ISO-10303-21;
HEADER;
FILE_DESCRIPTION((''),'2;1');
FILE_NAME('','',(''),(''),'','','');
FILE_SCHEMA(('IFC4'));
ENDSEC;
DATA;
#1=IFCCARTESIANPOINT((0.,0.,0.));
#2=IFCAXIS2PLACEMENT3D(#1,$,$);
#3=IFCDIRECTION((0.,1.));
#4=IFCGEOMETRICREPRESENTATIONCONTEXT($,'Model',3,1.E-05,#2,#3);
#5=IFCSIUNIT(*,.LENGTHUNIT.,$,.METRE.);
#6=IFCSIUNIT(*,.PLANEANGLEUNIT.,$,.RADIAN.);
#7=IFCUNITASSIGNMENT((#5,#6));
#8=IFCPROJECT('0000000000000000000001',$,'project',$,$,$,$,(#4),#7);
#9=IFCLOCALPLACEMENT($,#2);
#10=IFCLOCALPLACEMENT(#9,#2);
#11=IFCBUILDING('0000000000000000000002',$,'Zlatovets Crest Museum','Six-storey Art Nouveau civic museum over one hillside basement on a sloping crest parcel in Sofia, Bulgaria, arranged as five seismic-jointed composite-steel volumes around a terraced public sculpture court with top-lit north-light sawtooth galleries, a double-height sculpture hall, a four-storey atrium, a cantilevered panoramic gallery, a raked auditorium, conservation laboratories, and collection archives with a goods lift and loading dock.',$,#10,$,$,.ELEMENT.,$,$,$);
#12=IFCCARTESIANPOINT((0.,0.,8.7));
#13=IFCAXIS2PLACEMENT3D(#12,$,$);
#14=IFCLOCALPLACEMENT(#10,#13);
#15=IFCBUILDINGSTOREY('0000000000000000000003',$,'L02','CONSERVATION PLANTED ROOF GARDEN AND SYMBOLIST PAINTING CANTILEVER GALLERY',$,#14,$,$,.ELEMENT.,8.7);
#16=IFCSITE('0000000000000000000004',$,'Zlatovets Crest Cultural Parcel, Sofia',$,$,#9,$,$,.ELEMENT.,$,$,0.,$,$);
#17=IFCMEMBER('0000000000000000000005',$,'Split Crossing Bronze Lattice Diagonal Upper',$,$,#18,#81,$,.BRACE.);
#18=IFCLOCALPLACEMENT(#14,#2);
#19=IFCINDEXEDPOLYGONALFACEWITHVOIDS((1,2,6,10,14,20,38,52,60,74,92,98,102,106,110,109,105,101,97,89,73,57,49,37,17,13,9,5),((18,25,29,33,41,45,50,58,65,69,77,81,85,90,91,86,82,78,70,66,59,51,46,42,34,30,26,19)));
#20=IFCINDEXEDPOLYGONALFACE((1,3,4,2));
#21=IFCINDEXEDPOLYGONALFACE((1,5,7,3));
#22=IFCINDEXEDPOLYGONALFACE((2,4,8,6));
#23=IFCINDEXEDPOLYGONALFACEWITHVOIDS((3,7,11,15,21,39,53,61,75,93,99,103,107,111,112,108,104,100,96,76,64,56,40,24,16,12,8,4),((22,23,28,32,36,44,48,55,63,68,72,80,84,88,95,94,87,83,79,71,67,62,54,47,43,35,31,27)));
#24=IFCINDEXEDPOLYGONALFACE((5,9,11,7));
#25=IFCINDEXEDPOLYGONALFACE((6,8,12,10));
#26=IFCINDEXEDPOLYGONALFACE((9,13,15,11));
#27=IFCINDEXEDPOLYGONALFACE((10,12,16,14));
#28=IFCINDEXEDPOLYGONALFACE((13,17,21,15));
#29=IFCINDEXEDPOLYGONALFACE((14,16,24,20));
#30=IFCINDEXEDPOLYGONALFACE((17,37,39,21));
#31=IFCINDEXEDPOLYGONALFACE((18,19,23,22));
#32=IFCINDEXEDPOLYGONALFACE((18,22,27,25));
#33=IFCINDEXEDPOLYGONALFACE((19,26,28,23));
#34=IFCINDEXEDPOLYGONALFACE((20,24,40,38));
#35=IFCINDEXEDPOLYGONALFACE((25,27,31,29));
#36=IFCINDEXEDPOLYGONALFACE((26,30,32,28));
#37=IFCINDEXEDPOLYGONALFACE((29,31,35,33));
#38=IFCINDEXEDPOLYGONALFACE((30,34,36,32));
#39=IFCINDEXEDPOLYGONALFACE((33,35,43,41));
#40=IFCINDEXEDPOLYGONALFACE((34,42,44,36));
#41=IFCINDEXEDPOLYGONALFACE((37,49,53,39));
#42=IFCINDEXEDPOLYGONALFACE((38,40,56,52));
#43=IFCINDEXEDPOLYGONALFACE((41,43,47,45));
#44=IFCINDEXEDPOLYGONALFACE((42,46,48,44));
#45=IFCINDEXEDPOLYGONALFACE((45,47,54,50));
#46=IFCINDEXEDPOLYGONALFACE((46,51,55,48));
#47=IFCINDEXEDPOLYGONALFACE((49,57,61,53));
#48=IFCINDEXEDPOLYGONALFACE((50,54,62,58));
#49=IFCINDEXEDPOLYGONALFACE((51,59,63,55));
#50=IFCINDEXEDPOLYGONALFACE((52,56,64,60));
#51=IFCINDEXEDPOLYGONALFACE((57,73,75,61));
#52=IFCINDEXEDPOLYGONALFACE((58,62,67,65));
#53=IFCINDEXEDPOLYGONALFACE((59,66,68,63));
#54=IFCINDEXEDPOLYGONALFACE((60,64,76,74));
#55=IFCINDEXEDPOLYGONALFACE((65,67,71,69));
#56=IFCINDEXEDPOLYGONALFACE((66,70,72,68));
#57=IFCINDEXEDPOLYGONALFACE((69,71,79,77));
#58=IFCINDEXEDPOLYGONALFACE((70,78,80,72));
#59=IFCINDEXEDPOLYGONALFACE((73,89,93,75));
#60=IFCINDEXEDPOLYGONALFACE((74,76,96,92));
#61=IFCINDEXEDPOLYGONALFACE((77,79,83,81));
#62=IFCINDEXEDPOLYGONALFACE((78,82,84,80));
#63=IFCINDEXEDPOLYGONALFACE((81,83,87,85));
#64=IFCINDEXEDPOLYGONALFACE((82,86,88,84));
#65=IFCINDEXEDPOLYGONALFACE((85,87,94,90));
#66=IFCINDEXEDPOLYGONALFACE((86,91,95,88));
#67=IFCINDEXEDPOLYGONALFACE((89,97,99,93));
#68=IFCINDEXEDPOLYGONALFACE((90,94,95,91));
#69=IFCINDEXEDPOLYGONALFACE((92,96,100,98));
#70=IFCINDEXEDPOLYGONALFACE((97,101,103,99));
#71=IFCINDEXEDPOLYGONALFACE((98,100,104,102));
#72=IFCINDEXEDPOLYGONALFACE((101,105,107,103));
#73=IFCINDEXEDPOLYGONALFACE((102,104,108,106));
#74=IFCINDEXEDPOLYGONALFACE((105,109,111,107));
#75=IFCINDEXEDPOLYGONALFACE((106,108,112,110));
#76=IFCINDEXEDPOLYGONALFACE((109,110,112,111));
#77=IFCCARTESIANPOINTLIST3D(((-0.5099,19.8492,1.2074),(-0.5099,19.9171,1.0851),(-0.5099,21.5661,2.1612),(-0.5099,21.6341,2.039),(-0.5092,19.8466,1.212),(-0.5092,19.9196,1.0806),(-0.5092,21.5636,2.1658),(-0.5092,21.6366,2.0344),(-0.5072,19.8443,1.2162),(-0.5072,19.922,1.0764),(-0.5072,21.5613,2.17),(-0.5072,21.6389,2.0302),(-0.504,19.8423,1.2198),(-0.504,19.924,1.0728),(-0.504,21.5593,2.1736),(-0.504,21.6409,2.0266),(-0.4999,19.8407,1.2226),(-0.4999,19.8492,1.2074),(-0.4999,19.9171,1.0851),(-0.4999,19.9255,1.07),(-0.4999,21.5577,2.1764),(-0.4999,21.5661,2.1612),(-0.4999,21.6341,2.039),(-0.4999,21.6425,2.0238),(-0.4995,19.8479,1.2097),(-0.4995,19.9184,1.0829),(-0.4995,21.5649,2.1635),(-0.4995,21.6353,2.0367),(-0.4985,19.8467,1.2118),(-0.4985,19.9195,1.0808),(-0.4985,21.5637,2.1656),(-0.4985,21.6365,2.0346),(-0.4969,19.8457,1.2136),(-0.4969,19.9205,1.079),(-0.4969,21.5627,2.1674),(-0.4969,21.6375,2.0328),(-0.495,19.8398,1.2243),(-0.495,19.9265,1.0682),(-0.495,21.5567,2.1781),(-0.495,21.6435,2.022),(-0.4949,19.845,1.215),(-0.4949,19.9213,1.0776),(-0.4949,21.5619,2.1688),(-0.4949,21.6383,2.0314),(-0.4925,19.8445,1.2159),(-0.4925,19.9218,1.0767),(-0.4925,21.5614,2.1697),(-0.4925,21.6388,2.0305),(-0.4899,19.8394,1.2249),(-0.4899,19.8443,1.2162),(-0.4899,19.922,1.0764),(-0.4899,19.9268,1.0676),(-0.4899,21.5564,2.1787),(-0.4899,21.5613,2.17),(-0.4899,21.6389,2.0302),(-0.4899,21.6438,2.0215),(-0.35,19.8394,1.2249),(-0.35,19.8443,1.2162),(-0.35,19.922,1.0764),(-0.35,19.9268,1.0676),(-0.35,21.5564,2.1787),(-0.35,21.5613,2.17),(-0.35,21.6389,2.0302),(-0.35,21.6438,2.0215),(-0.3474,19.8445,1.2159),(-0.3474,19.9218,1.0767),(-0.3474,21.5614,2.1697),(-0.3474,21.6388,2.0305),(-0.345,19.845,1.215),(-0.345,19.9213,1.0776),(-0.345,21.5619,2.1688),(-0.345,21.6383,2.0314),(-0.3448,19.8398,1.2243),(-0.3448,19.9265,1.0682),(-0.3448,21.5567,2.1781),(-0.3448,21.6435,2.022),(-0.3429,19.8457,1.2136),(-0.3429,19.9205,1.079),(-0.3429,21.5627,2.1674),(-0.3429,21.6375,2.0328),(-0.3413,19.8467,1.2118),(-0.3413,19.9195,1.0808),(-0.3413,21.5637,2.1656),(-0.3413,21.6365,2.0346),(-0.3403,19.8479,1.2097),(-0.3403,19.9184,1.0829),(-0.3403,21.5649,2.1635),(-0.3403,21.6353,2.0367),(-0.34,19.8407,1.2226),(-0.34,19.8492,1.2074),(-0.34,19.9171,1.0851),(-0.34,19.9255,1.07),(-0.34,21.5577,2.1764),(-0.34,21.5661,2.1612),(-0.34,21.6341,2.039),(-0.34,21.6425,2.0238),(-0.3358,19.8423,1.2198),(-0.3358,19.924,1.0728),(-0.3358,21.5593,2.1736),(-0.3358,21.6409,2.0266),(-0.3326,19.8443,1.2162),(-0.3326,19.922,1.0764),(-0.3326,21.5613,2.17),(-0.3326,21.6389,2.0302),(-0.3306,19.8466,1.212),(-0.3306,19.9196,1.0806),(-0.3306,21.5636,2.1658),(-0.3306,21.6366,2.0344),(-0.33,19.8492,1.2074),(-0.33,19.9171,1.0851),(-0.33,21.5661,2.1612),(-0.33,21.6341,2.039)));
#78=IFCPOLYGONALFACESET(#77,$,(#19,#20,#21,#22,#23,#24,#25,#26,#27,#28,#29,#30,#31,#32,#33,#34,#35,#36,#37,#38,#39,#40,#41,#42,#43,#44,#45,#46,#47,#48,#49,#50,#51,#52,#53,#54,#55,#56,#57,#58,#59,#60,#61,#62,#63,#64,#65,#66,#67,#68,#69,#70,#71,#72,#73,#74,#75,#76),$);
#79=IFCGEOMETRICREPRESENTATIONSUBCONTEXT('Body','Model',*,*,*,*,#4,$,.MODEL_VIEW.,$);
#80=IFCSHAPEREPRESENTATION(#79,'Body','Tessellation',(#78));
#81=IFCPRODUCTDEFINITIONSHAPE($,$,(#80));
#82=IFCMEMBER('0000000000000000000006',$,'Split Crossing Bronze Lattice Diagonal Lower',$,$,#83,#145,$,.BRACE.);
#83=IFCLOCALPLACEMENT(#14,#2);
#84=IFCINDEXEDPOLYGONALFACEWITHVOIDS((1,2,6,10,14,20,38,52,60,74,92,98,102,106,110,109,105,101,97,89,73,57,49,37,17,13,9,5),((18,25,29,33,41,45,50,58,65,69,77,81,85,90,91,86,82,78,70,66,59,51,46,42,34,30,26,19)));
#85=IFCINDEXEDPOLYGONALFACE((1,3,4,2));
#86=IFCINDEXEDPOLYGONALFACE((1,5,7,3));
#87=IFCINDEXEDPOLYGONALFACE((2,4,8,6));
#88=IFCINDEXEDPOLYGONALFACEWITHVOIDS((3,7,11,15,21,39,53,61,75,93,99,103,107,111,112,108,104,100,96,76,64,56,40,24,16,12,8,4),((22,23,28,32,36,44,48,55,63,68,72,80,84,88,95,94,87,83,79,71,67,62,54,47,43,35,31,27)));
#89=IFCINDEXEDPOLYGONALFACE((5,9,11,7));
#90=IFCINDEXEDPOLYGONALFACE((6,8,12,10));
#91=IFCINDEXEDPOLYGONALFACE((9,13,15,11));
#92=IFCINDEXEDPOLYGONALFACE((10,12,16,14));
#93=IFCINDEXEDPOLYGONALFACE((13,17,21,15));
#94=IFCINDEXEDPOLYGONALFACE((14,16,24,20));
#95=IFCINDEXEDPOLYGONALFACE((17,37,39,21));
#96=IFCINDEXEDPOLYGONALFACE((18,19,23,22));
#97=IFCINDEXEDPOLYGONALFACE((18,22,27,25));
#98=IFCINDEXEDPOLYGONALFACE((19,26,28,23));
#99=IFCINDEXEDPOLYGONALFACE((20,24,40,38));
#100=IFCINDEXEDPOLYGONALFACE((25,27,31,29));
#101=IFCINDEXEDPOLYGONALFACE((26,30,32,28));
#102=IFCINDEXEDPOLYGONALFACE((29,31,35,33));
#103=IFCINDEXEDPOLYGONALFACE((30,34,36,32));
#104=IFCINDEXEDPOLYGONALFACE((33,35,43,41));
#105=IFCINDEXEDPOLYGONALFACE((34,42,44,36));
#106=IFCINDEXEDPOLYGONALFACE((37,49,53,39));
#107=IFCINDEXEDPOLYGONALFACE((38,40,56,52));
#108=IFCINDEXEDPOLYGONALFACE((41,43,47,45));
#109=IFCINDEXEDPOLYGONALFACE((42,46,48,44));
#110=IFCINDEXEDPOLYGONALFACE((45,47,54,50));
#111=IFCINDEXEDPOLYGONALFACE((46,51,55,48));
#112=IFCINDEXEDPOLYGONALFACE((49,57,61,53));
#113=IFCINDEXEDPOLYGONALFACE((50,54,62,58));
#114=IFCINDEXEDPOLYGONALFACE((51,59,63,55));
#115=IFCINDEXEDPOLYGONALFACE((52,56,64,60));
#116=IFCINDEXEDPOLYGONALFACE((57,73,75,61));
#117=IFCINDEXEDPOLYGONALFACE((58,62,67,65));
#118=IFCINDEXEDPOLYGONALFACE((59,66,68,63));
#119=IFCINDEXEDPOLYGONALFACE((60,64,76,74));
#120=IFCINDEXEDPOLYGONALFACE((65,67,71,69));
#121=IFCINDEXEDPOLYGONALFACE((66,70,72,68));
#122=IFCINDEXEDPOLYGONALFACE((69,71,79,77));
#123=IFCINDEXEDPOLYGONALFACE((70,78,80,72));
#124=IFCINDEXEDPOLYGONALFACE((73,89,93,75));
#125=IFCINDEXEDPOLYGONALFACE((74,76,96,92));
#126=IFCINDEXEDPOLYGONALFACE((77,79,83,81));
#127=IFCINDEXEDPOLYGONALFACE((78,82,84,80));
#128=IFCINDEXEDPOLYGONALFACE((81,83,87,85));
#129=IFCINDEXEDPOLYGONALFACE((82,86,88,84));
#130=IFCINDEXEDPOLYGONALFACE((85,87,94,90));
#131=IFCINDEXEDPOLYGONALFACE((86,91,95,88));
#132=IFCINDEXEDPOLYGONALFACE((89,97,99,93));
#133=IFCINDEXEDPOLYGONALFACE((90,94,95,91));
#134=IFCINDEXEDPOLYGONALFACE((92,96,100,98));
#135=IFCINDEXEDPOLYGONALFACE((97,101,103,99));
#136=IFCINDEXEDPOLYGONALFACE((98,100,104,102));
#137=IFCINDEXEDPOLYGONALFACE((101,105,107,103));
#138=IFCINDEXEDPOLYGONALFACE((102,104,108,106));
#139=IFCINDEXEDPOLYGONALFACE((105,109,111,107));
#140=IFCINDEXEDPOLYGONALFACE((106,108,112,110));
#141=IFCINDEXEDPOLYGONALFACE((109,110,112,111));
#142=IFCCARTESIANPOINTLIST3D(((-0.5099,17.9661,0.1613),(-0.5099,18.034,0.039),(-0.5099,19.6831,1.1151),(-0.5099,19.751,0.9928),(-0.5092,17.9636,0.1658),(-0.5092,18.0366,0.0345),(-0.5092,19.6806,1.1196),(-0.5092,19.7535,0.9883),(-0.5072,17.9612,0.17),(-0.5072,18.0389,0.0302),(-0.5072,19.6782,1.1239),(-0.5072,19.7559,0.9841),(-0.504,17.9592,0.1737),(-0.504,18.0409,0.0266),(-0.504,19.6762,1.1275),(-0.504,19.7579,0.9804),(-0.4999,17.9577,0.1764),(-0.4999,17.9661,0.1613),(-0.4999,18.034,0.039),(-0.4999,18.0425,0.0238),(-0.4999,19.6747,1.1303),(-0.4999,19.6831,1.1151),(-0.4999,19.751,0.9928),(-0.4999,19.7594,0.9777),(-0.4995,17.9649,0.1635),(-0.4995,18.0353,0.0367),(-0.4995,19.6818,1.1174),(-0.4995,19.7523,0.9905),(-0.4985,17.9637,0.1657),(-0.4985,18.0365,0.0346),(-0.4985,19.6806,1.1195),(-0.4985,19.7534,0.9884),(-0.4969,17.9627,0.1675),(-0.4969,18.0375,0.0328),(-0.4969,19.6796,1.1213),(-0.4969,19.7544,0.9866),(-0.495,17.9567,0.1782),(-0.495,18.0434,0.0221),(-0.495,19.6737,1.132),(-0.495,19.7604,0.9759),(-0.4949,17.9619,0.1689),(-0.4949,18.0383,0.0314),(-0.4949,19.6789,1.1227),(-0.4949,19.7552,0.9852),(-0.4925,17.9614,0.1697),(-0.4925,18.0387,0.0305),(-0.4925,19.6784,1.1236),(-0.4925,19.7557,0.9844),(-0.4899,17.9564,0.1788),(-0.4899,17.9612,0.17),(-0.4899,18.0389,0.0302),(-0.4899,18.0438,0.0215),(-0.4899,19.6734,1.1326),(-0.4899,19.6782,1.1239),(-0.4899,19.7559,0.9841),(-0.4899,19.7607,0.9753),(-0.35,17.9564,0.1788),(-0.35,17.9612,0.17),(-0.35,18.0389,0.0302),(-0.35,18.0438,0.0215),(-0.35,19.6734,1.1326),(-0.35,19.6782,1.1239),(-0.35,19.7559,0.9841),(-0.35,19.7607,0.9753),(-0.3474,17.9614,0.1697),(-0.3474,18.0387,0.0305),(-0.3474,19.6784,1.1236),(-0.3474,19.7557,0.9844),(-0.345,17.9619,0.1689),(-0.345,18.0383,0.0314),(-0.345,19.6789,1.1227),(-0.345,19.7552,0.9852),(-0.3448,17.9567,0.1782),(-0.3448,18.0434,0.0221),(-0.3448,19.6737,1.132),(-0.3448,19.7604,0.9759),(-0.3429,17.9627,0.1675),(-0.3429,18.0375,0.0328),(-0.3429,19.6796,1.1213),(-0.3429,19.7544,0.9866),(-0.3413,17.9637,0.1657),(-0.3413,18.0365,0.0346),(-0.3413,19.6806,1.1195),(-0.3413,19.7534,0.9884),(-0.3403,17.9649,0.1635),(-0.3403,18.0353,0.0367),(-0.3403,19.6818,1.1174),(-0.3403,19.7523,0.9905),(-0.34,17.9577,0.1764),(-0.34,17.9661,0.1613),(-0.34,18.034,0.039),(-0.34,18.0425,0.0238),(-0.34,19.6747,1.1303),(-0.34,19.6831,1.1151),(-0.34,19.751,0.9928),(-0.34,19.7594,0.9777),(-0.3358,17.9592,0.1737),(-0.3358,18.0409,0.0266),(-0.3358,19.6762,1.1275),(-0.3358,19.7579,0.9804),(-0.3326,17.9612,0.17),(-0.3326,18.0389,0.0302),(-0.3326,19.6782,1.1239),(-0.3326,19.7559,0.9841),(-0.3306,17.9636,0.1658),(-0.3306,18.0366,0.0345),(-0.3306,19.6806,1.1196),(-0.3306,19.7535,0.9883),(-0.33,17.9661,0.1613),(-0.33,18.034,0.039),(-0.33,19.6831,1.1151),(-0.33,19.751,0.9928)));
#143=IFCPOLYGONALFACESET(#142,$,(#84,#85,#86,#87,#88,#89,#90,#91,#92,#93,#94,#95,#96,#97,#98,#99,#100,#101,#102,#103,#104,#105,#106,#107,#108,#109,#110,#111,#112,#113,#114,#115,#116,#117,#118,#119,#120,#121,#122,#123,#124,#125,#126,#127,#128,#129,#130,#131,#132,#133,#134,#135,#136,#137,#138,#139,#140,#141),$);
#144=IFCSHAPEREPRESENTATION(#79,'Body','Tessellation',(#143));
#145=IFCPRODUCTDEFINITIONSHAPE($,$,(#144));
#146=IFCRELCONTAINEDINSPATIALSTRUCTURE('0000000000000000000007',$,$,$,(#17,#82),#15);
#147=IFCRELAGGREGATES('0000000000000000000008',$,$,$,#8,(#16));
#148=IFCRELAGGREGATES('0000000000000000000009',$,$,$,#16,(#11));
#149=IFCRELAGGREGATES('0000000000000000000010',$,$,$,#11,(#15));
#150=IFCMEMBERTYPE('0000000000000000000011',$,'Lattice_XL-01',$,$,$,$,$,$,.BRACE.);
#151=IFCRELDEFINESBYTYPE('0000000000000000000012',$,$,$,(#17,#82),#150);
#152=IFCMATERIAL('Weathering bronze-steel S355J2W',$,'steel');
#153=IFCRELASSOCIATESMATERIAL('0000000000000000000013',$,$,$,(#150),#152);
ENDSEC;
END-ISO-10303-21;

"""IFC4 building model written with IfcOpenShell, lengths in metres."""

from ifc_helpers import new_model, si_unit, direction, frame, origin, origin_2d, place, context, subcontext, project, spatial, hollow_rectangle, extrude, material, material_profile, profile_set, type_object, element, save


model = new_model("IFC4")

# Units and contexts
model_context = context("Model", 3, precision=1e-05, world=origin(), true_north=direction((0.0, 1.0)))
body_context = subcontext(model_context, "Body", "Model", "MODEL_VIEW")
ifc_project = project(units=[si_unit("LENGTHUNIT", "METRE"), si_unit("PLANEANGLEUNIT", "RADIAN")], contexts=[model_context])

# Site, building, storey
site_placement = place(None, origin())
site = spatial("IfcSite", under=ifc_project, at=site_placement, Name="Zlatovets Crest Cultural Parcel, Sofia", CompositionType="ELEMENT", RefElevation=0.0)
building_placement = place(site_placement, origin())
building = spatial("IfcBuilding", under=site, at=building_placement, Name="Zlatovets Crest Museum", Description="Six-storey Art Nouveau civic museum over one hillside basement on a sloping crest parcel in Sofia, Bulgaria, arranged as five seismic-jointed composite-steel volumes around a terraced public sculpture court with top-lit north-light sawtooth galleries, a double-height sculpture hall, a four-storey atrium, a cantilevered panoramic gallery, a raked auditorium, conservation laboratories, and collection archives with a goods lift and loading dock.", CompositionType="ELEMENT")
storey_placement = place(building_placement, frame((0.0, 0.0, 8.7)))
storey = spatial("IfcBuildingStorey", under=building, at=storey_placement, Name="L02", Description="CONSERVATION PLANTED ROOF GARDEN AND SYMBOLIST PAINTING CANTILEVER GALLERY", CompositionType="ELEMENT", Elevation=8.7)

# Members
ifc_material_1 = material(Name="Weathering bronze-steel S355J2W", Category="steel")
ifc_material_profile_1 = material_profile(ifc_material_1, hollow_rectangle(XDim=0.1799, YDim=0.1799, WallThickness=0.01, InnerFilletRadius=0.01, OuterFilletRadius=0.02, at=origin_2d()), Name="SHS 180x180x10.0")
ifc_profile_set_1 = profile_set([ifc_material_profile_1], Name="Weathering bronze-steel S355J2W")
member_type_1 = type_object("IfcMemberType", Name="Lattice_XL-01", PredefinedType="BRACE", material=ifc_profile_set_1)
for number, where, z_axis, x_axis, name in (
    (1, (-0.4199, 21.6001, 2.1001), (0.0, -0.874169, -0.485622), (1.0, 0.0, 0.0), "Split Crossing Bronze Lattice Diagonal Upper"),
    (2, (-0.4199, 19.717, 1.054), (0.0, -0.874169, -0.485622), (1.0, 0.0, 0.0), "Split Crossing Bronze Lattice Diagonal Lower"),
):
    element("IfcMember", number, at=place(storey_placement, frame(where, z_axis=z_axis, x_axis=x_axis)), inside=storey, type_object=member_type_1, Name=name, PredefinedType="BRACE", context=body_context, shape_type="SweptSolid", body=[
        extrude(hollow_rectangle(XDim=0.1799, YDim=0.1799, WallThickness=0.01, InnerFilletRadius=0.01, OuterFilletRadius=0.02, at=origin_2d()), origin(), (0.0, 0.0, 1.0), 1.9641),
    ])

save(model, "model.ifc")
